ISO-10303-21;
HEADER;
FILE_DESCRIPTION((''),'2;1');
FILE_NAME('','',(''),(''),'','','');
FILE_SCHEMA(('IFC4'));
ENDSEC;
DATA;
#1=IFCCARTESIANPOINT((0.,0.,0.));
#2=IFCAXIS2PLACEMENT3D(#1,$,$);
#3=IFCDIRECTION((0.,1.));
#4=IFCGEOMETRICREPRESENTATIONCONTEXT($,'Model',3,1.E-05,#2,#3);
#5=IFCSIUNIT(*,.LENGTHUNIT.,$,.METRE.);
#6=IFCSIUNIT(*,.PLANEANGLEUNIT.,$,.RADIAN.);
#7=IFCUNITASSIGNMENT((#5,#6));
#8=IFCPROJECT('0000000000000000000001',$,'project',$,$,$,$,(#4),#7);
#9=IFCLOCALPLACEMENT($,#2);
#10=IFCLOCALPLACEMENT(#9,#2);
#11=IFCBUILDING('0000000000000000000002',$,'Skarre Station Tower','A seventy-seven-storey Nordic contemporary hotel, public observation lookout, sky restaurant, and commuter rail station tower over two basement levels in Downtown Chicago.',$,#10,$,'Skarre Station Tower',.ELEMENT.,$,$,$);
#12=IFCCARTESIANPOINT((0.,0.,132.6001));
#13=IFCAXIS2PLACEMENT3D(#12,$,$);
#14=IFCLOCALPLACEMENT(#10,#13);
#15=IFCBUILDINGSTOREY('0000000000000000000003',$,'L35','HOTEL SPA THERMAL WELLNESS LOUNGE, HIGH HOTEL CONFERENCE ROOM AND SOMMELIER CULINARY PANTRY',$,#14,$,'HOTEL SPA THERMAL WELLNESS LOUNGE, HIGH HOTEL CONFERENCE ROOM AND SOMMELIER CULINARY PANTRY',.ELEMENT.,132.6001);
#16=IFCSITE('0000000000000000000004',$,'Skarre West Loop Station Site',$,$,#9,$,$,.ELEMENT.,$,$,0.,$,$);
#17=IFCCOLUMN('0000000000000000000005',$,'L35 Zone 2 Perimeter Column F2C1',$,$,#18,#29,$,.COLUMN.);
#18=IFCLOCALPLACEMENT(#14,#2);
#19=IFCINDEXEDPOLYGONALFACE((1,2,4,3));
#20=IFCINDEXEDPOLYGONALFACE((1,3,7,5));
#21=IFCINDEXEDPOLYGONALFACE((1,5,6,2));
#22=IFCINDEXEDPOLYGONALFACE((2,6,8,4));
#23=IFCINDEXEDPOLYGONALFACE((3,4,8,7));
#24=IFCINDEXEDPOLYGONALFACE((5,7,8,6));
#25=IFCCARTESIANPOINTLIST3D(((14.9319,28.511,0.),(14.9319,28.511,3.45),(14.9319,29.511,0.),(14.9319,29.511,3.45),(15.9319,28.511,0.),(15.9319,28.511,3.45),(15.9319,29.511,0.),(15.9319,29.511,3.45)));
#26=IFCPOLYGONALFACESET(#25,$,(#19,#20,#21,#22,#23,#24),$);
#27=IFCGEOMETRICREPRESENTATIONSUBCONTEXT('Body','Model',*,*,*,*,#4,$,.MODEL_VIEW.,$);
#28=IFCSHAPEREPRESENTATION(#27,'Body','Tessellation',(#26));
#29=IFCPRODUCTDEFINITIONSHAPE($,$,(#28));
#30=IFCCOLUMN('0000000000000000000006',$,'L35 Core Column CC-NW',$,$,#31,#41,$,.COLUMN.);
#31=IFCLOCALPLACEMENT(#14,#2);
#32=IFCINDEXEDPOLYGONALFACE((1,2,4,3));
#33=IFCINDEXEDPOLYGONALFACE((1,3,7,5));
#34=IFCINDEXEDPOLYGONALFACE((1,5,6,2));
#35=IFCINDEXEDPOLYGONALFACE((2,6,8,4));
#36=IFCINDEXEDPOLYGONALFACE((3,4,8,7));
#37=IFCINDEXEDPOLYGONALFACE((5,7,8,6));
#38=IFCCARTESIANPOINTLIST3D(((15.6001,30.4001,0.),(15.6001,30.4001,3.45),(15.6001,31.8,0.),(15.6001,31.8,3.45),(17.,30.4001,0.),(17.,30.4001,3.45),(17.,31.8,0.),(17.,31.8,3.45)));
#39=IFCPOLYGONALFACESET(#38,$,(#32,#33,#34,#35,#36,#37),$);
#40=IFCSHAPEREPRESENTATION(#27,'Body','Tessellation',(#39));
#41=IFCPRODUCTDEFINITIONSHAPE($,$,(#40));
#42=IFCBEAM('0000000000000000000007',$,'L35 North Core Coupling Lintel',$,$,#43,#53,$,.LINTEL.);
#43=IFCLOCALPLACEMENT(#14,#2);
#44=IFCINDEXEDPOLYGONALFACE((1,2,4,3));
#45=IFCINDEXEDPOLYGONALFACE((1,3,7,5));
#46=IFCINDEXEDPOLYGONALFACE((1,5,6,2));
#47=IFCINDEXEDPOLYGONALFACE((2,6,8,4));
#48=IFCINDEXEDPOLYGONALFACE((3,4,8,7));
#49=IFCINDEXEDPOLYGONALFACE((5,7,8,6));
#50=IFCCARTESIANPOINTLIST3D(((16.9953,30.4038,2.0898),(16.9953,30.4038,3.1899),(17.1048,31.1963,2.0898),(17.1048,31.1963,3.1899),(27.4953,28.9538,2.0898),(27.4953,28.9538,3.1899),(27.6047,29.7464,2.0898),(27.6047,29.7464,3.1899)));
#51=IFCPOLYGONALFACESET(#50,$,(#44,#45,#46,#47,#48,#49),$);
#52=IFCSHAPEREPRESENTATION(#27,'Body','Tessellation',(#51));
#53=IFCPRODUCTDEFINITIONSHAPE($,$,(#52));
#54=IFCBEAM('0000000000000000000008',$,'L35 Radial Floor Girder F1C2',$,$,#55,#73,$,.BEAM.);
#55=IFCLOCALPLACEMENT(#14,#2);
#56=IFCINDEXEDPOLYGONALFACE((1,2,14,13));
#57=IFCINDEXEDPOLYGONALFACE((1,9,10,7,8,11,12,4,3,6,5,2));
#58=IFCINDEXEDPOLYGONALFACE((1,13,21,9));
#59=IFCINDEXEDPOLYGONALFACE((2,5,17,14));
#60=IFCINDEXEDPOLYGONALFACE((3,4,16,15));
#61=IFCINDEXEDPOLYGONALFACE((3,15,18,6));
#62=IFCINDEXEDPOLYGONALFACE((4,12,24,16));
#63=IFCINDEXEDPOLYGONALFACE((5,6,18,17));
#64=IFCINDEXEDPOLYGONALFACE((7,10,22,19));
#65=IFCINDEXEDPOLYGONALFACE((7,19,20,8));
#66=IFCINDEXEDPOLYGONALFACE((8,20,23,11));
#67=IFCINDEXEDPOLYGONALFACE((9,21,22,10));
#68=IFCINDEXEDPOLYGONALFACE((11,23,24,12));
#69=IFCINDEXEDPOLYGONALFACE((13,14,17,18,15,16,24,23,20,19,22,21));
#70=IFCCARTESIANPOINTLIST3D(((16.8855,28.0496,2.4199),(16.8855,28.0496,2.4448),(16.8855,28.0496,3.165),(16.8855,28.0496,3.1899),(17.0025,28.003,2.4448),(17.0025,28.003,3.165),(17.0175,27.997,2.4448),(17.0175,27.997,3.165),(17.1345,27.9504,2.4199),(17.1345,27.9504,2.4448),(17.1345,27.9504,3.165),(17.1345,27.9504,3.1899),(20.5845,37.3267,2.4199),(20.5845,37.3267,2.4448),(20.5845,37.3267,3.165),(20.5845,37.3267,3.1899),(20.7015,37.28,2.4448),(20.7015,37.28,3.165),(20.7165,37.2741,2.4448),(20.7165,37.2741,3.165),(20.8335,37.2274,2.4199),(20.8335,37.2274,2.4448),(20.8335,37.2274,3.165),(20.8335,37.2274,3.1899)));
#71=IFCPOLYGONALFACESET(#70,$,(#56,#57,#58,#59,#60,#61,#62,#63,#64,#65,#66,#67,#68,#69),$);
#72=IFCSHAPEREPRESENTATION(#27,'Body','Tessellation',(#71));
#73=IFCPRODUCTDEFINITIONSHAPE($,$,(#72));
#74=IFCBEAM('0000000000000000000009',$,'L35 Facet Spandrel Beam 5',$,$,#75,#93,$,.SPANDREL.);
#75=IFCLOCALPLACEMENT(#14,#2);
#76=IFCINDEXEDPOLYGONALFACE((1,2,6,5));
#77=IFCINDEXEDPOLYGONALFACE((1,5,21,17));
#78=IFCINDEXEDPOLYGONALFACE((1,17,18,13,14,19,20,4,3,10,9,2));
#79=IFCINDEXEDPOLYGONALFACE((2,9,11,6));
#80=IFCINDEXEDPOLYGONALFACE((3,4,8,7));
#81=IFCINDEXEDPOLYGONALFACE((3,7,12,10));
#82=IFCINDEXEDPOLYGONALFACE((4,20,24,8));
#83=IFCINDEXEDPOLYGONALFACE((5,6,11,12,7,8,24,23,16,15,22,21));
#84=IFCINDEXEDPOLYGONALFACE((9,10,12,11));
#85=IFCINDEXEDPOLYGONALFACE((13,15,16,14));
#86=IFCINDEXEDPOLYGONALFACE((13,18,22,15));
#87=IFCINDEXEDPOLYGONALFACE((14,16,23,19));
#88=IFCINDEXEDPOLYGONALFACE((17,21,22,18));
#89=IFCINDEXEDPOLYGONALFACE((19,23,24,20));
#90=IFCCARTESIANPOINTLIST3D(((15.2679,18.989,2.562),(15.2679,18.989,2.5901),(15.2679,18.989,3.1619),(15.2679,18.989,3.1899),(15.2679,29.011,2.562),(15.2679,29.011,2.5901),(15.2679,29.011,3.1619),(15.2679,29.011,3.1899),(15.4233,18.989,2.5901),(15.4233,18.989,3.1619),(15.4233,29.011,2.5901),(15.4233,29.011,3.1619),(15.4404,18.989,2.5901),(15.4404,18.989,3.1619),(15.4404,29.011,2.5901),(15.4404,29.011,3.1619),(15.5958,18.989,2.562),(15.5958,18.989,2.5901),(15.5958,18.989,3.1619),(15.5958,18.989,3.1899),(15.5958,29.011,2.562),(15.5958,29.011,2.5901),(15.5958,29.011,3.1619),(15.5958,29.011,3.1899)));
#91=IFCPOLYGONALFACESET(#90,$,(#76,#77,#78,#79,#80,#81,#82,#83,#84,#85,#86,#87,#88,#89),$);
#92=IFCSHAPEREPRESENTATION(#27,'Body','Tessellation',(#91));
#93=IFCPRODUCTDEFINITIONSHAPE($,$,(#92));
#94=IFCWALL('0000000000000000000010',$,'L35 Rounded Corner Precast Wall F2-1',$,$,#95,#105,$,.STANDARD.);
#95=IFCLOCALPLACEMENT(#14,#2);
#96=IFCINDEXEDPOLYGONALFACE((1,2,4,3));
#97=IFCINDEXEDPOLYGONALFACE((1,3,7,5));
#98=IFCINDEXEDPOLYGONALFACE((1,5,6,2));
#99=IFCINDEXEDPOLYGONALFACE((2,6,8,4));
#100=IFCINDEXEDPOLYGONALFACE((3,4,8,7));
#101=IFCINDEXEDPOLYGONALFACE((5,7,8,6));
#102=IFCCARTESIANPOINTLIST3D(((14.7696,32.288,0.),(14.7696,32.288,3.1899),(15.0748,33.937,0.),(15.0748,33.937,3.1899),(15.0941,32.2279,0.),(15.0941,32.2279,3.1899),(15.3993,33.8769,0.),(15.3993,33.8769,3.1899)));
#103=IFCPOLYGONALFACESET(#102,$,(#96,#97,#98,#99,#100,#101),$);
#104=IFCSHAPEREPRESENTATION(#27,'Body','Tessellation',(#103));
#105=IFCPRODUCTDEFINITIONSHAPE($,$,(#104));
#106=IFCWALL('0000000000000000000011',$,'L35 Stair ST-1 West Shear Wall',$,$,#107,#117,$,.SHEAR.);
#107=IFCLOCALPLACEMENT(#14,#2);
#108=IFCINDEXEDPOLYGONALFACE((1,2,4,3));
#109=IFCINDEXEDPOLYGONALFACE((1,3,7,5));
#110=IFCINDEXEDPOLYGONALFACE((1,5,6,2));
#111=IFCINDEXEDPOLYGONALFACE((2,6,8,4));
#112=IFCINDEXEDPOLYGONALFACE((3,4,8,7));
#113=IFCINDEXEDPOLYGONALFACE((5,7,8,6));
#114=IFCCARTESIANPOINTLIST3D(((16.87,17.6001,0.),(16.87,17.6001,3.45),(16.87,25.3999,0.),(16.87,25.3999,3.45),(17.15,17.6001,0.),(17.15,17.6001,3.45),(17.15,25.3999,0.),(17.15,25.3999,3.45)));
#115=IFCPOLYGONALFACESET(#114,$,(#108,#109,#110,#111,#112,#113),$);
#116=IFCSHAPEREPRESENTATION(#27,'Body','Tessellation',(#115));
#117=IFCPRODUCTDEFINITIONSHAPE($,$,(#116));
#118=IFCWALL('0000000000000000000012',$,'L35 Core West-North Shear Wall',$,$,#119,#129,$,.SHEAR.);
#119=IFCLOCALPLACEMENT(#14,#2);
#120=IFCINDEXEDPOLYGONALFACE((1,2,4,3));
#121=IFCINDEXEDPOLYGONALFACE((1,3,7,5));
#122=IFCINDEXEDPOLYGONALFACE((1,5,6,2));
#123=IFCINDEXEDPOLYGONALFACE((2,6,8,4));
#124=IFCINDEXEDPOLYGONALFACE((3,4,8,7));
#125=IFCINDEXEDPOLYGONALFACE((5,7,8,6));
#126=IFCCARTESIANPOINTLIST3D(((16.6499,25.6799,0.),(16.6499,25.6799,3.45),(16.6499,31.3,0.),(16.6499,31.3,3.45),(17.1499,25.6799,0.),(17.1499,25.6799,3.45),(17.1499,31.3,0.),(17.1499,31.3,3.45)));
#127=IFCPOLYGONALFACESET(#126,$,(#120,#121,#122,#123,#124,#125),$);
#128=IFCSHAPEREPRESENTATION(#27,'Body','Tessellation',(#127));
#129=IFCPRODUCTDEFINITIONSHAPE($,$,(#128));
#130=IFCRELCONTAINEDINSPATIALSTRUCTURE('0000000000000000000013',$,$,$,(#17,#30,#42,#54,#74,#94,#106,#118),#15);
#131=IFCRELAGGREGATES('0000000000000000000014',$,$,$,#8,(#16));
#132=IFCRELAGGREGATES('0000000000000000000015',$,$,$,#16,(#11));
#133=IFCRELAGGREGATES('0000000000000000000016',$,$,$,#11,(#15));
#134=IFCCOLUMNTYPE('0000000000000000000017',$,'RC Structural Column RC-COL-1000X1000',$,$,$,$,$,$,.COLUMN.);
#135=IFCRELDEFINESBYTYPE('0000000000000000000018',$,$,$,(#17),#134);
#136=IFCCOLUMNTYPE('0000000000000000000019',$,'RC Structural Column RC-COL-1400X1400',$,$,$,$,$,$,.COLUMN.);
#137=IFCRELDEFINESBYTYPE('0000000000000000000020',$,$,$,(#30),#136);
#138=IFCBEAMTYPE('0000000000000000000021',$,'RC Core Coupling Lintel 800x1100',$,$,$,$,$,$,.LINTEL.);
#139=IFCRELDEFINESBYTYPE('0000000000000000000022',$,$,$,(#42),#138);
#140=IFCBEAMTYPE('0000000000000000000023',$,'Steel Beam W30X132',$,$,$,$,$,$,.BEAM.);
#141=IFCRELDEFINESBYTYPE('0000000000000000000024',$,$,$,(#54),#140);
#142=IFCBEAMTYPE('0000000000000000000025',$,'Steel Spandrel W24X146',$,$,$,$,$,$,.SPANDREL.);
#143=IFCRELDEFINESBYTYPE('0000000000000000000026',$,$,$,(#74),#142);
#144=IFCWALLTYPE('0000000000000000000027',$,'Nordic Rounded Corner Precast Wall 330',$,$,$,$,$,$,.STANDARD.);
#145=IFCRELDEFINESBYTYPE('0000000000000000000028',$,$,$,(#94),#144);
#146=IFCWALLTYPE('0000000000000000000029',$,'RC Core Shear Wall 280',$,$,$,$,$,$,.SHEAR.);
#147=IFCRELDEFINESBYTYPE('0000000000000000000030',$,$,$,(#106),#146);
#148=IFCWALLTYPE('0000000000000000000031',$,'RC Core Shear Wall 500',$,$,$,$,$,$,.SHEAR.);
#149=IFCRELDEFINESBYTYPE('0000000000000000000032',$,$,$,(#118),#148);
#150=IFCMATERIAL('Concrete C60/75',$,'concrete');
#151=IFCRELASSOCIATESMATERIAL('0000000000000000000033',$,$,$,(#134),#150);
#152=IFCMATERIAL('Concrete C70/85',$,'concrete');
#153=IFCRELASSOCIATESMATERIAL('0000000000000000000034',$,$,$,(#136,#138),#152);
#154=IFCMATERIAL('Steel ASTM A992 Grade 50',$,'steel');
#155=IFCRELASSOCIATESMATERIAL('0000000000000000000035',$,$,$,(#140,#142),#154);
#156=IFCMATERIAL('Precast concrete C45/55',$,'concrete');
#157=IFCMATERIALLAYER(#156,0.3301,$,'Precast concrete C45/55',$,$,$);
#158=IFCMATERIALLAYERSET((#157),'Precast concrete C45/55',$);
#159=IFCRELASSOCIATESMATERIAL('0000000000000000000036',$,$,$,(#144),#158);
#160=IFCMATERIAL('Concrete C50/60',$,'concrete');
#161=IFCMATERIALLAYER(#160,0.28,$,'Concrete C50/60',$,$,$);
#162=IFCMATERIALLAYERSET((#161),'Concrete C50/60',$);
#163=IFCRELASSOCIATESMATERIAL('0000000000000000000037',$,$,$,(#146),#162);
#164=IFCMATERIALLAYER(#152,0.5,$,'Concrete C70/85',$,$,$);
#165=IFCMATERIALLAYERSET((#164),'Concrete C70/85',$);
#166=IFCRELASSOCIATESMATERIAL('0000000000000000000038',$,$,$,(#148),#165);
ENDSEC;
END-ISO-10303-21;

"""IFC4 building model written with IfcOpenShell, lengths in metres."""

from ifc_helpers import new_model, si_unit, direction, frame, frame_2d, origin, origin_2d, place, context, subcontext, project, spatial, rectangle, i_section, extrude, material, layer, layer_set, material_profile, profile_set, type_object, element, save


model = new_model("IFC4")

# Units and contexts
model_context = context("Model", 3, precision=1e-05, world=origin(), true_north=direction((0.0, 1.0)))
body_context = subcontext(model_context, "Body", "Model", "MODEL_VIEW")
ifc_project = project(units=[si_unit("LENGTHUNIT", "METRE"), si_unit("PLANEANGLEUNIT", "RADIAN")], contexts=[model_context])

# Site, building, storey
site_placement = place(None, origin())
site = spatial("IfcSite", under=ifc_project, at=site_placement, Name="Skarre West Loop Station Site", CompositionType="ELEMENT", RefElevation=0.0)
building_placement = place(site_placement, origin())
building = spatial("IfcBuilding", under=site, at=building_placement, Name="Skarre Station Tower", Description="A seventy-seven-storey Nordic contemporary hotel, public observation lookout, sky restaurant, and commuter rail station tower over two basement levels in Downtown Chicago.", LongName="Skarre Station Tower", CompositionType="ELEMENT")
storey_placement = place(building_placement, frame((0.0, 0.0, 132.6001)))
storey = spatial("IfcBuildingStorey", under=building, at=storey_placement, Name="L35", Description="HOTEL SPA THERMAL WELLNESS LOUNGE, HIGH HOTEL CONFERENCE ROOM AND SOMMELIER CULINARY PANTRY", LongName="HOTEL SPA THERMAL WELLNESS LOUNGE, HIGH HOTEL CONFERENCE ROOM AND SOMMELIER CULINARY PANTRY", CompositionType="ELEMENT", Elevation=132.6001)

# Columns
ifc_material_1 = material(Name="Concrete C60/75", Category="concrete")
ifc_material_profile_1 = material_profile(ifc_material_1, rectangle(XDim=1.0, YDim=1.0, at=origin_2d()), Name="Concrete C60/75")
ifc_profile_set_1 = profile_set([ifc_material_profile_1], Name="Concrete C60/75")
column_type_1 = type_object("IfcColumnType", Name="RC Structural Column RC-COL-1000X1000", PredefinedType="COLUMN", material=ifc_profile_set_1)
column_1_placement = place(storey_placement, frame((15.4319, 29.011, 0.0), z_axis=(0.0, 0.0, 1.0), x_axis=(1.0, 0.0, 0.0)))
element("IfcColumn", 1, at=column_1_placement, inside=storey, type_object=column_type_1, Name="L35 Zone 2 Perimeter Column F2C1", PredefinedType="COLUMN", context=body_context, shape_type="SweptSolid", body=[
    extrude(rectangle(XDim=1.0, YDim=1.0, at=origin_2d()), origin(), (0.0, 0.0, 1.0), 3.45),
])
ifc_material_2 = material(Name="Concrete C70/85", Category="concrete")
ifc_material_profile_2 = material_profile(ifc_material_2, rectangle(XDim=1.3999, YDim=1.3999, at=origin_2d()), Name="Concrete C70/85")
ifc_profile_set_2 = profile_set([ifc_material_profile_2], Name="Concrete C70/85")
column_type_2 = type_object("IfcColumnType", Name="RC Structural Column RC-COL-1400X1400", PredefinedType="COLUMN", material=ifc_profile_set_2)
column_2_placement = place(storey_placement, frame((16.3, 31.1001, 0.0), z_axis=(0.0, 0.0, 1.0), x_axis=(1.0, 0.0, 0.0)))
element("IfcColumn", 2, at=column_2_placement, inside=storey, type_object=column_type_2, Name="L35 Core Column CC-NW", PredefinedType="COLUMN", context=body_context, shape_type="SweptSolid", body=[
    extrude(rectangle(XDim=1.3999, YDim=1.3999, at=origin_2d()), origin(), (0.0, 0.0, 1.0), 3.45),
])

# Beams
ifc_material_profile_3 = material_profile(ifc_material_2, rectangle(XDim=0.8, YDim=1.1001, at=origin_2d()), Name="Concrete C70/85")
ifc_profile_set_3 = profile_set([ifc_material_profile_3], Name="Concrete C70/85")
beam_type_1 = type_object("IfcBeamType", Name="RC Core Coupling Lintel 800x1100", PredefinedType="LINTEL", material=ifc_profile_set_3)
beam_1_placement = place(storey_placement, frame((17.05, 30.8, 2.6399), z_axis=(0.9906, -0.136792, 0.0), x_axis=(0.136792, 0.9906, 0.0)))
element("IfcBeam", 3, at=beam_1_placement, inside=storey, type_object=beam_type_1, Name="L35 North Core Coupling Lintel", PredefinedType="LINTEL", context=body_context, shape_type="SweptSolid", body=[
    extrude(rectangle(XDim=0.8, YDim=1.1001, at=origin_2d()), origin(), (0.0, 0.0, 1.0), 10.5996),
])
ifc_material_3 = material(Name="Steel ASTM A992 Grade 50", Category="steel")
ifc_material_profile_4 = material_profile(ifc_material_3, i_section(OverallWidth=0.2681, OverallDepth=0.77, WebThickness=0.0161, FlangeThickness=0.0249, at=origin_2d()), Name="Steel ASTM A992 Grade 50")
ifc_profile_set_4 = profile_set([ifc_material_profile_4], Name="Steel ASTM A992 Grade 50")
beam_type_2 = type_object("IfcBeamType", Name="Steel Beam W30X132", PredefinedType="BEAM", material=ifc_profile_set_4)
beam_2_placement = place(storey_placement, frame((17.01, 28.0, 2.8049), z_axis=(0.370366, 0.928886, 0.0), x_axis=(-0.928886, 0.370366, 0.0)))
element("IfcBeam", 4, at=beam_2_placement, inside=storey, type_object=beam_type_2, Name="L35 Radial Floor Girder F1C2", PredefinedType="BEAM", context=body_context, shape_type="SweptSolid", body=[
    extrude(i_section(OverallWidth=0.2681, OverallDepth=0.77, WebThickness=0.0161, FlangeThickness=0.0249, at=origin_2d()), origin(), (0.0, 0.0, 1.0), 9.9873),
])
ifc_material_profile_5 = material_profile(ifc_material_3, i_section(OverallWidth=0.3279, OverallDepth=0.6279, WebThickness=0.0171, FlangeThickness=0.0281, at=origin_2d()), Name="Steel ASTM A992 Grade 50")
ifc_profile_set_5 = profile_set([ifc_material_profile_5], Name="Steel ASTM A992 Grade 50")
beam_type_3 = type_object("IfcBeamType", Name="Steel Spandrel W24X146", PredefinedType="SPANDREL", material=ifc_profile_set_5)
beam_3_placement = place(storey_placement, frame((15.4319, 29.011, 2.876), z_axis=(0.0, -1.0, 0.0), x_axis=(1.0, 0.0, 0.0)))
element("IfcBeam", 5, at=beam_3_placement, inside=storey, type_object=beam_type_3, Name="L35 Facet Spandrel Beam 5", PredefinedType="SPANDREL", context=body_context, shape_type="SweptSolid", body=[
    extrude(i_section(OverallWidth=0.3279, OverallDepth=0.6279, WebThickness=0.0171, FlangeThickness=0.0281, at=origin_2d()), origin(), (0.0, 0.0, 1.0), 10.022),
])

# Walls
ifc_material_4 = material(Name="Precast concrete C45/55", Category="concrete")
ifc_layer_1 = layer(ifc_material_4, 0.3301, Name="Precast concrete C45/55")
ifc_layer_set_1 = layer_set([ifc_layer_1], Name="Precast concrete C45/55")
wall_type_1 = type_object("IfcWallType", Name="Nordic Rounded Corner Precast Wall 330", PredefinedType="STANDARD", material=ifc_layer_set_1)
wall_1_placement = place(storey_placement, frame((14.9319, 32.2581, 0.0), z_axis=(0.0, 0.0, 1.0), x_axis=(0.181985, 0.983301, 0.0)))
element("IfcWall", 6, at=wall_1_placement, inside=storey, type_object=wall_type_1, Name="L35 Rounded Corner Precast Wall F2-1", PredefinedType="STANDARD", context=body_context, shape_type="SweptSolid", body=[
    extrude(rectangle(XDim=1.677, YDim=0.3301, at=frame_2d((0.8384, 0.0))), origin(), (0.0, 0.0, 1.0), 3.1899),
])
ifc_material_5 = material(Name="Concrete C50/60", Category="concrete")
ifc_layer_2 = layer(ifc_material_5, 0.28, Name="Concrete C50/60")
ifc_layer_set_2 = layer_set([ifc_layer_2], Name="Concrete C50/60")
wall_type_2 = type_object("IfcWallType", Name="RC Core Shear Wall 280", PredefinedType="SHEAR", material=ifc_layer_set_2)
wall_2_placement = place(storey_placement, frame((17.01, 25.3999, 0.0), z_axis=(0.0, 0.0, 1.0), x_axis=(0.0, -1.0, 0.0)))
element("IfcWall", 7, at=wall_2_placement, inside=storey, type_object=wall_type_2, Name="L35 Stair ST-1 West Shear Wall", PredefinedType="SHEAR", context=body_context, shape_type="SweptSolid", body=[
    extrude(rectangle(XDim=7.7998, YDim=0.28, at=frame_2d((3.8999, 0.0))), origin(), (0.0, 0.0, 1.0), 3.45),
])
ifc_layer_3 = layer(ifc_material_2, 0.5, Name="Concrete C70/85")
ifc_layer_set_3 = layer_set([ifc_layer_3], Name="Concrete C70/85")
wall_type_3 = type_object("IfcWallType", Name="RC Core Shear Wall 500", PredefinedType="SHEAR", material=ifc_layer_set_3)
wall_3_placement = place(storey_placement, frame((16.8999, 25.6799, 0.0), z_axis=(0.0, 0.0, 1.0), x_axis=(0.0, 1.0, 0.0)))
element("IfcWall", 8, at=wall_3_placement, inside=storey, type_object=wall_type_3, Name="L35 Core West-North Shear Wall", PredefinedType="SHEAR", context=body_context, shape_type="SweptSolid", body=[
    extrude(rectangle(XDim=5.6201, YDim=0.5, at=frame_2d((2.8101, 0.0))), origin(), (0.0, 0.0, 1.0), 3.45),
])

save(model, "model.ifc")
